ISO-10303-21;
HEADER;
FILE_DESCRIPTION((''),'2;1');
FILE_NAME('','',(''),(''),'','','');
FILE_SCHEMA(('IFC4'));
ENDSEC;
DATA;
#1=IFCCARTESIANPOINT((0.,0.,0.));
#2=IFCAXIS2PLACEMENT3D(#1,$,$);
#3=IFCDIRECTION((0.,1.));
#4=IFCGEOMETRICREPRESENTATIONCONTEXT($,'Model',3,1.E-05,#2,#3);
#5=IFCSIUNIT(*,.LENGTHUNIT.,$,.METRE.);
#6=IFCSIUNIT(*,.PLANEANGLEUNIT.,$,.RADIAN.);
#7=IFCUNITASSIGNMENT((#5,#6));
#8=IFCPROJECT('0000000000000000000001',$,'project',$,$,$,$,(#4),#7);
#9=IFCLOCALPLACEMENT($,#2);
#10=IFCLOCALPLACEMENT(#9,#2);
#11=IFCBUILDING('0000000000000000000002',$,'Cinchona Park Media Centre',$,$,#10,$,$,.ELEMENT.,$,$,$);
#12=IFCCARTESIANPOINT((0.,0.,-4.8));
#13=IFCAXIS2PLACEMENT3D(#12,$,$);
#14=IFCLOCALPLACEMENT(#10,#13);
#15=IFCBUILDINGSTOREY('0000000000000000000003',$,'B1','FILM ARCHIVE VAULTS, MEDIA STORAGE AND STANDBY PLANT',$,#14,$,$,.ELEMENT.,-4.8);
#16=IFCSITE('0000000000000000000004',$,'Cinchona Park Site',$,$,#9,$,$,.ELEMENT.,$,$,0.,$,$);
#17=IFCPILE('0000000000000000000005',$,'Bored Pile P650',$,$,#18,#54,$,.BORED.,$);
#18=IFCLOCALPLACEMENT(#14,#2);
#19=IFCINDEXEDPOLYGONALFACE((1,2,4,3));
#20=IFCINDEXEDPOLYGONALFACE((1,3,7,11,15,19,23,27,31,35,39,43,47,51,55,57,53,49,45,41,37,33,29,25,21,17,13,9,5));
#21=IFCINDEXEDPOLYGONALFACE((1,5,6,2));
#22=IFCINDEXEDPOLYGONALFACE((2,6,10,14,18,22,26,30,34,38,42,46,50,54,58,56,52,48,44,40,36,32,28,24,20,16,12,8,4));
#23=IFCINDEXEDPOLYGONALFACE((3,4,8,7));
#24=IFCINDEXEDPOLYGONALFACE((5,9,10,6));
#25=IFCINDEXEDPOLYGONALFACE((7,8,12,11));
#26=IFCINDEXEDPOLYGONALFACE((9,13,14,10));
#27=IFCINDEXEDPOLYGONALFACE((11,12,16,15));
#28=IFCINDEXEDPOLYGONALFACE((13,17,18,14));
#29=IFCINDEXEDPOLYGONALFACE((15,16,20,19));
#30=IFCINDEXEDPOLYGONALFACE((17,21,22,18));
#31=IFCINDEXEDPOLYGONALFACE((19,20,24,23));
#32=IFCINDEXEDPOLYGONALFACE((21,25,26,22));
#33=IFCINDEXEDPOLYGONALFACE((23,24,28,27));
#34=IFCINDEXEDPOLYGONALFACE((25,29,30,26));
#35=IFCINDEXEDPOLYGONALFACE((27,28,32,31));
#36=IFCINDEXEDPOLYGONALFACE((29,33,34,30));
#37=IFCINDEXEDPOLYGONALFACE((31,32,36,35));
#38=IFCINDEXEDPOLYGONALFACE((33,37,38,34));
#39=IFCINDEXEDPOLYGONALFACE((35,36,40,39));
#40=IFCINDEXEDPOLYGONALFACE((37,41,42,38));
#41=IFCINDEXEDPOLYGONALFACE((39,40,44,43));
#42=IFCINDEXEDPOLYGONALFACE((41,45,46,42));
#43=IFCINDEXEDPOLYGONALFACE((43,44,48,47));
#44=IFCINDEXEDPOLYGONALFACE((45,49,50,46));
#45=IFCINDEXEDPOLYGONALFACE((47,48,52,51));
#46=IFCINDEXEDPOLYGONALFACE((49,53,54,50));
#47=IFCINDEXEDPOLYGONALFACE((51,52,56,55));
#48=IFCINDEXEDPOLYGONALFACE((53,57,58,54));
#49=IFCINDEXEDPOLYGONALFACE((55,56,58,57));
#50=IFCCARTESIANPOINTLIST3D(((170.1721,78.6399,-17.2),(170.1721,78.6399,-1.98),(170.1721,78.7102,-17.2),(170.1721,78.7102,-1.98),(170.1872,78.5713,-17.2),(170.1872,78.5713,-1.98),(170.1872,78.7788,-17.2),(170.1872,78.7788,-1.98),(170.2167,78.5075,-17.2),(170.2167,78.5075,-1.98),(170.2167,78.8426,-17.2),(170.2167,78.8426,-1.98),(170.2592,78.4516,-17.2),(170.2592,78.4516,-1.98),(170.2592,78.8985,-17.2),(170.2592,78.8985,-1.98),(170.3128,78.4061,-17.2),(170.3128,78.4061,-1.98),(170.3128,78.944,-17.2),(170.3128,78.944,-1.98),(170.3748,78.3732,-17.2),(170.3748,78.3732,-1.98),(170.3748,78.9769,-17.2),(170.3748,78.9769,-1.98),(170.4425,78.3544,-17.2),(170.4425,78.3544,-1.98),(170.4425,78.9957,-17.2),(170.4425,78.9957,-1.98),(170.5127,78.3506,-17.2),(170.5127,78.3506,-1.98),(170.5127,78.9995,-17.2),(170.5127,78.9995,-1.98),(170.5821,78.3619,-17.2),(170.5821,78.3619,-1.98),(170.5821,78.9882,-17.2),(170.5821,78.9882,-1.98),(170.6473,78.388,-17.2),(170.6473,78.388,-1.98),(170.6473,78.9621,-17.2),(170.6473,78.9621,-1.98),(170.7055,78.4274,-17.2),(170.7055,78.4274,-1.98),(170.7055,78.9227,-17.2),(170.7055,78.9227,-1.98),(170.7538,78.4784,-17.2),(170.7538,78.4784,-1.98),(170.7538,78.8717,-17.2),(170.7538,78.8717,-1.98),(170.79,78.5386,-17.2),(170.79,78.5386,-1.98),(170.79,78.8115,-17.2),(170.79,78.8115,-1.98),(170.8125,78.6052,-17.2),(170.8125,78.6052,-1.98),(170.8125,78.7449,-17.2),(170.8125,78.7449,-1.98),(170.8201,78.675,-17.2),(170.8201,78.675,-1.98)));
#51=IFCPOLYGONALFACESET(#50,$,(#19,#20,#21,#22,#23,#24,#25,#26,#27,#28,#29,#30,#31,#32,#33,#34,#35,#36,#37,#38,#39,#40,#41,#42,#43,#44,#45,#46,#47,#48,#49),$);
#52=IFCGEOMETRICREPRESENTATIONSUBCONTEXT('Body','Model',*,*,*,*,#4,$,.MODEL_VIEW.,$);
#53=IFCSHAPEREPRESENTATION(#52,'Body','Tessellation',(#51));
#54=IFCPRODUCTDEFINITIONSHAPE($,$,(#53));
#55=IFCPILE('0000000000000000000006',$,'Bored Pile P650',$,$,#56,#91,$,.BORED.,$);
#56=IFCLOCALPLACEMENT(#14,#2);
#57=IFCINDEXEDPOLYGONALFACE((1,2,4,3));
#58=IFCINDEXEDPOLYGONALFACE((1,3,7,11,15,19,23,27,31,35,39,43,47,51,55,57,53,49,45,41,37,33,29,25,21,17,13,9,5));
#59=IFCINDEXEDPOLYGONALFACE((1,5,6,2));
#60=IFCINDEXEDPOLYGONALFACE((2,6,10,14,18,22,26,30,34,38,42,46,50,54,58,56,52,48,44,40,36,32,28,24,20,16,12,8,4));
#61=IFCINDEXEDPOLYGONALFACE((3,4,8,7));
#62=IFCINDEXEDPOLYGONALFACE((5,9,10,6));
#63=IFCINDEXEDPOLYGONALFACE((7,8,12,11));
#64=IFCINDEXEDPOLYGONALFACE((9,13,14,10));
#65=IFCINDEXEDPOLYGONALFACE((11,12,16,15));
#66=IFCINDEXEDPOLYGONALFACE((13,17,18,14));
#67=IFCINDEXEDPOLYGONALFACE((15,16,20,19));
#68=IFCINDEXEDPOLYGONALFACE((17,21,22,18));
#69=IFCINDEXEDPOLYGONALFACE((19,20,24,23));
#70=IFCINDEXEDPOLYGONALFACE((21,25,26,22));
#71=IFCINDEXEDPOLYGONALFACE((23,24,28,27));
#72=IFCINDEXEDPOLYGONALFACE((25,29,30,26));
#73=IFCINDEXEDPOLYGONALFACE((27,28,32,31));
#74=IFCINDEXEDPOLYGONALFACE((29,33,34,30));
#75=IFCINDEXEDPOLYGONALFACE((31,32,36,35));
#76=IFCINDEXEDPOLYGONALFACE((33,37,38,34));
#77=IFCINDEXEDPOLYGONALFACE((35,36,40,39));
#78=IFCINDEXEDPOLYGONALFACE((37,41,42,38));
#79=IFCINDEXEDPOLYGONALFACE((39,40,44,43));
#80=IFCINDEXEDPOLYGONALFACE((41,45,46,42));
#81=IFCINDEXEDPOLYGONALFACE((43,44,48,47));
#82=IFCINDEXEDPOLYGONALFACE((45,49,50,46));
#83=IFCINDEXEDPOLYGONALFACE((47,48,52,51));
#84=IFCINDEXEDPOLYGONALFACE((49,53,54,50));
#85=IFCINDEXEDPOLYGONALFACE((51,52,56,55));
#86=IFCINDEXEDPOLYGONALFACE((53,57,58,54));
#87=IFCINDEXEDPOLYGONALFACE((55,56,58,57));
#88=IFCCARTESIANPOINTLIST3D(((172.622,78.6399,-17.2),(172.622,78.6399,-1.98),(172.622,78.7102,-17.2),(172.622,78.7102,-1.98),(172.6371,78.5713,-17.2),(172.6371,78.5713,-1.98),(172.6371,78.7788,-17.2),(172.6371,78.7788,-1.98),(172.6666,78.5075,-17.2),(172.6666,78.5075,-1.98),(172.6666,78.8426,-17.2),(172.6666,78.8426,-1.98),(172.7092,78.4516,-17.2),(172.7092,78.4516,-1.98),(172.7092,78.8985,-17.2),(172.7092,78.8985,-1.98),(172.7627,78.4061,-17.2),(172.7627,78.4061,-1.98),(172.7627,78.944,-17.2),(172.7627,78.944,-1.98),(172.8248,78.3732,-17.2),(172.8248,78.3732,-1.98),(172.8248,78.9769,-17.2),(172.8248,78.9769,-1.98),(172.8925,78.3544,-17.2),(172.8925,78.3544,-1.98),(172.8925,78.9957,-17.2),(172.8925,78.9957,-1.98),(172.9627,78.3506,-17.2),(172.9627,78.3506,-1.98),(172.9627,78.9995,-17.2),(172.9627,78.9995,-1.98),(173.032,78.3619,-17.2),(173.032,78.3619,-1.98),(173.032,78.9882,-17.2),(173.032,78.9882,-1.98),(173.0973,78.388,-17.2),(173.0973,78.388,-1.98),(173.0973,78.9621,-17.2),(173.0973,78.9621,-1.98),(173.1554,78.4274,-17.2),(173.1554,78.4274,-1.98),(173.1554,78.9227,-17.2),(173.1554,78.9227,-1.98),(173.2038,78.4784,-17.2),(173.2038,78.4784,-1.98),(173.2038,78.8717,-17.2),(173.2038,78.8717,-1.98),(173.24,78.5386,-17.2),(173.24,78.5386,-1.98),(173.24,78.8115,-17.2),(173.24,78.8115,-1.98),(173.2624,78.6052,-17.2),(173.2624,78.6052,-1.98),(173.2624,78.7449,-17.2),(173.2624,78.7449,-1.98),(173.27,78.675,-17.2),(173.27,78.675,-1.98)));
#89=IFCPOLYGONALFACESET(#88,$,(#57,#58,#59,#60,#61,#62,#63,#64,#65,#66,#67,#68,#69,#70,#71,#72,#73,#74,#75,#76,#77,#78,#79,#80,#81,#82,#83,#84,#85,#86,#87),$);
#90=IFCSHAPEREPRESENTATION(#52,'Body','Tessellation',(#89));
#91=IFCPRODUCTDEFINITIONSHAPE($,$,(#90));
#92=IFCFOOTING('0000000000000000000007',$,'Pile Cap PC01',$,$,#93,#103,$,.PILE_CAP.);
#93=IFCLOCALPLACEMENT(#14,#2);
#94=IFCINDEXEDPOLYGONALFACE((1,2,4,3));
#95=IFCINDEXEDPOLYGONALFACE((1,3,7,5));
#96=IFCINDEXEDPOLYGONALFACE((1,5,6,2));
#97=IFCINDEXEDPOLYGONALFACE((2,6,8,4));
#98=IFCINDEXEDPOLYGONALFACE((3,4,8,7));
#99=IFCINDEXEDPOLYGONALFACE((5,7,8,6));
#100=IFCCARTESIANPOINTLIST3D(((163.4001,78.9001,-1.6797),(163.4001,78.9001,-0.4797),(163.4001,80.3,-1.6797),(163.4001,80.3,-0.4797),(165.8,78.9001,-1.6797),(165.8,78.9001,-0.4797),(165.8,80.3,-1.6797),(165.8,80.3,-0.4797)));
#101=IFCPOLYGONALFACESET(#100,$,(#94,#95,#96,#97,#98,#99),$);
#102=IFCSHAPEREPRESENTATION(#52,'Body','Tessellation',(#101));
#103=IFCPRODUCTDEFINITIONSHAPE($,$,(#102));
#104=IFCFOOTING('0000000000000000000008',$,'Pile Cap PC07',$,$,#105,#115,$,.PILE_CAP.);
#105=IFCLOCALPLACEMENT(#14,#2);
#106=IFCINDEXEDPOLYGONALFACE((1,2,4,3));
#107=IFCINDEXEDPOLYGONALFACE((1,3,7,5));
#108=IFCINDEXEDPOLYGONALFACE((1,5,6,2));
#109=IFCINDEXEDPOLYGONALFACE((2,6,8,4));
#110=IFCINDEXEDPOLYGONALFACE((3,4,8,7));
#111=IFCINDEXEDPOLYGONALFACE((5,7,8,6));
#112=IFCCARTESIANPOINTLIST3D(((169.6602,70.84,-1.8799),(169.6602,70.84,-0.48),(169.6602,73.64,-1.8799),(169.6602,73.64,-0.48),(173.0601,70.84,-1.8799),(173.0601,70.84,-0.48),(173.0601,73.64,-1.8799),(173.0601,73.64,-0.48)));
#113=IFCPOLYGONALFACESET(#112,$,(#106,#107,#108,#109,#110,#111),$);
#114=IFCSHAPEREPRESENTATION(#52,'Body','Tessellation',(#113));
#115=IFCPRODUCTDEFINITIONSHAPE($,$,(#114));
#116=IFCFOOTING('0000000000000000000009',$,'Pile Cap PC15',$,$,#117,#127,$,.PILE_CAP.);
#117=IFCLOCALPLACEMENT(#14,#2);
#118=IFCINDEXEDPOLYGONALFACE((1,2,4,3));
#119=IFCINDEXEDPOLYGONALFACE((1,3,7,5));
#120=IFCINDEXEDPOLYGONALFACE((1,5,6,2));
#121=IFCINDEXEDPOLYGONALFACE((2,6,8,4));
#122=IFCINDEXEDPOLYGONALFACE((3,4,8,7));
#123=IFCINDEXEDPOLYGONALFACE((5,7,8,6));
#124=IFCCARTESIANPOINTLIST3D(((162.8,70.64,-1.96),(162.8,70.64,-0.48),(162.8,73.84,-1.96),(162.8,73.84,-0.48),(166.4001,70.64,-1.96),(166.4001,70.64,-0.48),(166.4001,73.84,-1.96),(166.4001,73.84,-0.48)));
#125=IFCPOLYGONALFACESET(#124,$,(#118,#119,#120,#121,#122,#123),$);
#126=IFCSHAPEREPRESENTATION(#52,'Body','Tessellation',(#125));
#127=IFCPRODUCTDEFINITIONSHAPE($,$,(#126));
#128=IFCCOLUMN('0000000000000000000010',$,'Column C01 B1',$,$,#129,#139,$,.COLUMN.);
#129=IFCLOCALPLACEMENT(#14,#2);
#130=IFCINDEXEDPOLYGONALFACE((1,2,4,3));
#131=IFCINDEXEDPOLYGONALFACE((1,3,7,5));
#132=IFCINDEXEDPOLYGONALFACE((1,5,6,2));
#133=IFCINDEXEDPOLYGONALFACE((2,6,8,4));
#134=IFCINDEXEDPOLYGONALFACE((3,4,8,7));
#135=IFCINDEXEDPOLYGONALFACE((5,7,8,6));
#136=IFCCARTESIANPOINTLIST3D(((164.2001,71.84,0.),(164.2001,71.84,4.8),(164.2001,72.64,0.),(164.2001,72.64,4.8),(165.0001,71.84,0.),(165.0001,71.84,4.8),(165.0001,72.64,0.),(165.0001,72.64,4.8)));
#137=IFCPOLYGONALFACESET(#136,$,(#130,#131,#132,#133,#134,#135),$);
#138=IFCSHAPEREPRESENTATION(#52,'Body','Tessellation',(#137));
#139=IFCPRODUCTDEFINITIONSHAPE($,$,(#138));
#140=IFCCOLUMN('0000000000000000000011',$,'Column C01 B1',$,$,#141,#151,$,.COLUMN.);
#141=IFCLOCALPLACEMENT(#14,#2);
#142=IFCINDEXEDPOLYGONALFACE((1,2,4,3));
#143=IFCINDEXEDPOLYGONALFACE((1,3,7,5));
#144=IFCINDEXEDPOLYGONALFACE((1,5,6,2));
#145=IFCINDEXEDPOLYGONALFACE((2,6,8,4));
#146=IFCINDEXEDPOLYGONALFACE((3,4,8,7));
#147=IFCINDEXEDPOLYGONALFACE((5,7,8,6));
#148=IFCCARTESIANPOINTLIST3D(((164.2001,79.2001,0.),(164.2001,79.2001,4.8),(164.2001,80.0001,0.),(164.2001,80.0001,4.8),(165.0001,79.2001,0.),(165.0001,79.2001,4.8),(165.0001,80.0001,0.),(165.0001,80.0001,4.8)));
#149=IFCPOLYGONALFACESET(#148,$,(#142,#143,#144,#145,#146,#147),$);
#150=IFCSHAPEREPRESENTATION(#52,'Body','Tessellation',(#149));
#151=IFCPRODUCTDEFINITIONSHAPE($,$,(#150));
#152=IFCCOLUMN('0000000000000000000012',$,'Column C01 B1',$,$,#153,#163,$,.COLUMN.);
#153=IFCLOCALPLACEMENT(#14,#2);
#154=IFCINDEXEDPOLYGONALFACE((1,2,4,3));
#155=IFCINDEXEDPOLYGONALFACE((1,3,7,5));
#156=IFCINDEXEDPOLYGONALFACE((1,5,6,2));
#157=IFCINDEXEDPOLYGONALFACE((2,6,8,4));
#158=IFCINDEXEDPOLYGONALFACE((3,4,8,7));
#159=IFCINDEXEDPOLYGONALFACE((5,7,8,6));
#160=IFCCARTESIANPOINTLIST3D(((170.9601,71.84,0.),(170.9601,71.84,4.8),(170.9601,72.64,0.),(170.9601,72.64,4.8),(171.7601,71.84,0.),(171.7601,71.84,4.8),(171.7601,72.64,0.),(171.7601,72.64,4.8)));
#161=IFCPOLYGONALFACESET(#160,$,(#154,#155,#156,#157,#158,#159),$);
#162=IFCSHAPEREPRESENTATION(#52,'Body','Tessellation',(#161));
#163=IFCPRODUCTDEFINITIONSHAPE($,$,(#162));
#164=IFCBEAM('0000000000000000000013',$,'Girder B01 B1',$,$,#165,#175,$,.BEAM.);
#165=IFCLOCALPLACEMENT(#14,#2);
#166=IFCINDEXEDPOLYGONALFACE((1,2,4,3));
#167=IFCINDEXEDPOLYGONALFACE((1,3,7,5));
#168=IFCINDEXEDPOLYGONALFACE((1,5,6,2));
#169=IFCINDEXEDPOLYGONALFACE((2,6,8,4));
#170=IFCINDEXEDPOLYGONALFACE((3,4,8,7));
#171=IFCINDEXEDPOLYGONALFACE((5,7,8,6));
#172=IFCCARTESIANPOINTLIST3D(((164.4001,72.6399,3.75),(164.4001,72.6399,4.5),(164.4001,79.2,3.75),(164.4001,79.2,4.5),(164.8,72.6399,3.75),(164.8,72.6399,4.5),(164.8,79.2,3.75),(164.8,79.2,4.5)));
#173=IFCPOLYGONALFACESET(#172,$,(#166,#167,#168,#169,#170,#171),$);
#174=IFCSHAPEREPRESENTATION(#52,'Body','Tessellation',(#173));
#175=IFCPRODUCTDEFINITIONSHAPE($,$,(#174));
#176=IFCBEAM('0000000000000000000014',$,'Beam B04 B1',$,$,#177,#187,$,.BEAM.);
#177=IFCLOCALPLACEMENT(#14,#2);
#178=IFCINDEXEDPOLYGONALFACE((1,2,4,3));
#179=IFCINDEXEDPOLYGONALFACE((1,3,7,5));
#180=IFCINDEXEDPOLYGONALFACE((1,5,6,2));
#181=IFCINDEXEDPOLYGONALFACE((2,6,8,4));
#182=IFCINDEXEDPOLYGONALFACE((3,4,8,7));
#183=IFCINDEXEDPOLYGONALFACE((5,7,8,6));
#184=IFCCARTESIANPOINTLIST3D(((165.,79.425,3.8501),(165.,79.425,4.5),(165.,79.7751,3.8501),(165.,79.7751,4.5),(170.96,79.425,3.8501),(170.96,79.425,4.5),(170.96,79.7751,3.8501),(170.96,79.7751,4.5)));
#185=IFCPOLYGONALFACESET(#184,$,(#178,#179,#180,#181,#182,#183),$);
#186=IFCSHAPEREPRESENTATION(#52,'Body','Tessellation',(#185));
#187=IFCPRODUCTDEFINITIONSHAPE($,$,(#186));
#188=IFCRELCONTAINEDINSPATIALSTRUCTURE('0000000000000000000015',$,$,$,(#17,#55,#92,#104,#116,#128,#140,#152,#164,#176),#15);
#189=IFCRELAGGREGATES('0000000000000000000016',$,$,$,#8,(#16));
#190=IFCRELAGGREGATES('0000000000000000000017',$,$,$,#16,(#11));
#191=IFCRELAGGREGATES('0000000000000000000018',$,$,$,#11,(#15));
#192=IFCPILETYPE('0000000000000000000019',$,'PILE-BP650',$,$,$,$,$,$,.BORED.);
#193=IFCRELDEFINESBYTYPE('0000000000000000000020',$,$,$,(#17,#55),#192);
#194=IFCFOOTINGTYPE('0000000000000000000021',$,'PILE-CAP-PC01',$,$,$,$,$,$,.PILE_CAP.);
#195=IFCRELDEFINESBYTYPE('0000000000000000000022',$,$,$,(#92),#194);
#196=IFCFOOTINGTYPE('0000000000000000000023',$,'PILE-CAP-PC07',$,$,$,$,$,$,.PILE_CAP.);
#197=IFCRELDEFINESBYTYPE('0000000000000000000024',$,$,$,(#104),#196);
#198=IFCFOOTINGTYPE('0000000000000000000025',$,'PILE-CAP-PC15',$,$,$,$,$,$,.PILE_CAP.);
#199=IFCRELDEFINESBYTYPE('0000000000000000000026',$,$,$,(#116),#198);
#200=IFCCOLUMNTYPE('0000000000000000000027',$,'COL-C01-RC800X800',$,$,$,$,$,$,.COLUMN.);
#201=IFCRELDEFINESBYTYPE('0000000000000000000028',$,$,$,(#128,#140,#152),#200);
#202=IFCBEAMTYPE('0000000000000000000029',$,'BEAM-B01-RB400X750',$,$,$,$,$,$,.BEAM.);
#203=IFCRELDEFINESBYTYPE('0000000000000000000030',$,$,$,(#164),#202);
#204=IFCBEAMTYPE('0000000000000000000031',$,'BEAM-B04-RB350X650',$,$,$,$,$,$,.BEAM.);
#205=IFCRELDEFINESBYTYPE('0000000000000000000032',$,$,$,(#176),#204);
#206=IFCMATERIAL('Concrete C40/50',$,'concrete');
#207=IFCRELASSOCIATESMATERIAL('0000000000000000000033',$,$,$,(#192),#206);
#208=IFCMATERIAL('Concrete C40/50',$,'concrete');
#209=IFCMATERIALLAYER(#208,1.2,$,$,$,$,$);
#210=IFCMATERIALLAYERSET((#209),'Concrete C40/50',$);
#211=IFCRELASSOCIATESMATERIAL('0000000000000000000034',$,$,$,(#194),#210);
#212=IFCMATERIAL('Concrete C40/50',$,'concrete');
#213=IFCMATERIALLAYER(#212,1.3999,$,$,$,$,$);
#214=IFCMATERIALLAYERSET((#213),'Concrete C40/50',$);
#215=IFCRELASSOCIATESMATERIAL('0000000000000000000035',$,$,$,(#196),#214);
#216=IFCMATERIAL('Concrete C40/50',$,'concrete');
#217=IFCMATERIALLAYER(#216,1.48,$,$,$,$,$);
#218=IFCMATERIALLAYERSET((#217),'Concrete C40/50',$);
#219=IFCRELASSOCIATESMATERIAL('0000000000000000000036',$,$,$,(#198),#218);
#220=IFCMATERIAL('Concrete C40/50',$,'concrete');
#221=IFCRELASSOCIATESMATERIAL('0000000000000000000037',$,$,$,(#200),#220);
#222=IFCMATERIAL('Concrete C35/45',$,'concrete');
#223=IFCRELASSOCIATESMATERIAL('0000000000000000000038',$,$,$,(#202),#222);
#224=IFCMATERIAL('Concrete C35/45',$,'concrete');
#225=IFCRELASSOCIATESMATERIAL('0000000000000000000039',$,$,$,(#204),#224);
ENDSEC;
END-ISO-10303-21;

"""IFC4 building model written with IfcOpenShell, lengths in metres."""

from ifc_helpers import new_model, si_unit, direction, frame, origin, origin_2d, place, context, subcontext, project, spatial, rectangle, circle, extrude, material, layer, layer_set, material_profile, profile_set, type_object, element, save


model = new_model("IFC4")

# Units and contexts
model_context = context("Model", 3, precision=1e-05, world=origin(), true_north=direction((0.0, 1.0)))
body_context = subcontext(model_context, "Body", "Model", "MODEL_VIEW")
ifc_project = project(units=[si_unit("LENGTHUNIT", "METRE"), si_unit("PLANEANGLEUNIT", "RADIAN")], contexts=[model_context])

# Site, building, storey
site_placement = place(None, origin())
site = spatial("IfcSite", under=ifc_project, at=site_placement, Name="Cinchona Park Site", CompositionType="ELEMENT", RefElevation=0.0)
building_placement = place(site_placement, origin())
building = spatial("IfcBuilding", under=site, at=building_placement, Name="Cinchona Park Media Centre", CompositionType="ELEMENT")
storey_placement = place(building_placement, frame((0.0, 0.0, -4.8)))
storey = spatial("IfcBuildingStorey", under=building, at=storey_placement, Name="B1", Description="FILM ARCHIVE VAULTS, MEDIA STORAGE AND STANDBY PLANT", CompositionType="ELEMENT", Elevation=-4.8)

# Piles
ifc_material_1 = material(Name="Concrete C40/50", Category="concrete")
ifc_material_profile_1 = material_profile(ifc_material_1, circle(Radius=0.325, at=origin_2d()), Name="BORED PILE 650")
ifc_profile_set_1 = profile_set([ifc_material_profile_1], Name="Concrete C40/50")
pile_type_1 = type_object("IfcPileType", Name="PILE-BP650", PredefinedType="BORED", material=ifc_profile_set_1)
for number, where, z_axis, x_axis, name in (
    (1, (170.4951, 78.675, -1.98), (0.0, 0.0, -1.0), (1.0, 0.0, 0.0), "Bored Pile P650"),
    (2, (172.9451, 78.675, -1.98), (0.0, 0.0, -1.0), (1.0, 0.0, 0.0), "Bored Pile P650"),
):
    element("IfcPile", number, at=place(storey_placement, frame(where, z_axis=z_axis, x_axis=x_axis)), inside=storey, type_object=pile_type_1, Name=name, PredefinedType="BORED", context=body_context, shape_type="SweptSolid", body=[
        extrude(circle(Radius=0.325, at=origin_2d()), origin(), (0.0, 0.0, 1.0), 15.22),
    ])

# Footings
ifc_material_2 = material(Name="Concrete C40/50", Category="concrete")
ifc_layer_1 = layer(ifc_material_2, 1.2)
ifc_layer_set_1 = layer_set([ifc_layer_1], Name="Concrete C40/50")
footing_type_1 = type_object("IfcFootingType", Name="PILE-CAP-PC01", PredefinedType="PILE_CAP", material=ifc_layer_set_1)
footing_1_placement = place(storey_placement, frame((164.6001, 79.6001, -1.6797), z_axis=(0.0, 0.0, 1.0), x_axis=(1.0, 0.0, 0.0)))
element("IfcFooting", 3, at=footing_1_placement, inside=storey, type_object=footing_type_1, Name="Pile Cap PC01", PredefinedType="PILE_CAP", context=body_context, shape_type="SweptSolid", body=[
    extrude(rectangle(XDim=2.3999, YDim=1.3999, at=origin_2d()), origin(), (0.0, 0.0, 1.0), 1.2),
])
ifc_material_3 = material(Name="Concrete C40/50", Category="concrete")
ifc_layer_2 = layer(ifc_material_3, 1.3999)
ifc_layer_set_2 = layer_set([ifc_layer_2], Name="Concrete C40/50")
footing_type_2 = type_object("IfcFootingType", Name="PILE-CAP-PC07", PredefinedType="PILE_CAP", material=ifc_layer_set_2)
footing_2_placement = place(storey_placement, frame((171.3601, 72.24, -1.8799), z_axis=(0.0, 0.0, 1.0), x_axis=(1.0, 0.0, 0.0)))
element("IfcFooting", 4, at=footing_2_placement, inside=storey, type_object=footing_type_2, Name="Pile Cap PC07", PredefinedType="PILE_CAP", context=body_context, shape_type="SweptSolid", body=[
    extrude(rectangle(XDim=3.3999, YDim=2.8, at=origin_2d()), origin(), (0.0, 0.0, 1.0), 1.3999),
])
ifc_material_4 = material(Name="Concrete C40/50", Category="concrete")
ifc_layer_3 = layer(ifc_material_4, 1.48)
ifc_layer_set_3 = layer_set([ifc_layer_3], Name="Concrete C40/50")
footing_type_3 = type_object("IfcFootingType", Name="PILE-CAP-PC15", PredefinedType="PILE_CAP", material=ifc_layer_set_3)
footing_3_placement = place(storey_placement, frame((164.6001, 72.24, -1.96), z_axis=(0.0, 0.0, 1.0), x_axis=(1.0, 0.0, 0.0)))
element("IfcFooting", 5, at=footing_3_placement, inside=storey, type_object=footing_type_3, Name="Pile Cap PC15", PredefinedType="PILE_CAP", context=body_context, shape_type="SweptSolid", body=[
    extrude(rectangle(XDim=3.6001, YDim=3.2, at=origin_2d()), origin(), (0.0, 0.0, 1.0), 1.48),
])

# Columns
ifc_material_5 = material(Name="Concrete C40/50", Category="concrete")
ifc_material_profile_2 = material_profile(ifc_material_5, rectangle(XDim=0.8, YDim=0.8, at=origin_2d()), Name="RC 800X800")
ifc_profile_set_2 = profile_set([ifc_material_profile_2], Name="Concrete C40/50")
column_type = type_object("IfcColumnType", Name="COL-C01-RC800X800", PredefinedType="COLUMN", material=ifc_profile_set_2)
for number, where, z_axis, x_axis, name in (
    (6, (164.6001, 72.24, 0.0), (0.0, 0.0, 1.0), (1.0, 0.0, 0.0), "Column C01 B1"),
    (7, (164.6001, 79.6001, 0.0), (0.0, 0.0, 1.0), (1.0, 0.0, 0.0), "Column C01 B1"),
    (8, (171.3601, 72.24, 0.0), (0.0, 0.0, 1.0), (1.0, 0.0, 0.0), "Column C01 B1"),
):
    element("IfcColumn", number, at=place(storey_placement, frame(where, z_axis=z_axis, x_axis=x_axis)), inside=storey, type_object=column_type, Name=name, PredefinedType="COLUMN", context=body_context, shape_type="SweptSolid", body=[
        extrude(rectangle(XDim=0.8, YDim=0.8, at=origin_2d()), origin(), (0.0, 0.0, 1.0), 4.8),
    ])

# Beams
ifc_material_6 = material(Name="Concrete C35/45", Category="concrete")
ifc_material_profile_3 = material_profile(ifc_material_6, rectangle(XDim=0.3999, YDim=0.75, at=origin_2d()), Name="RB 400X750")
ifc_profile_set_3 = profile_set([ifc_material_profile_3], Name="Concrete C35/45")
beam_type_1 = type_object("IfcBeamType", Name="BEAM-B01-RB400X750", PredefinedType="BEAM", material=ifc_profile_set_3)
beam_1_placement = place(storey_placement, frame((164.6001, 72.6399, 4.125), z_axis=(0.0, 1.0, 0.0), x_axis=(-1.0, 0.0, 0.0)))
element("IfcBeam", 9, at=beam_1_placement, inside=storey, type_object=beam_type_1, Name="Girder B01 B1", PredefinedType="BEAM", context=body_context, shape_type="SweptSolid", body=[
    extrude(rectangle(XDim=0.3999, YDim=0.75, at=origin_2d()), origin(), (0.0, 0.0, 1.0), 6.5601),
])
ifc_material_7 = material(Name="Concrete C35/45", Category="concrete")
ifc_material_profile_4 = material_profile(ifc_material_7, rectangle(XDim=0.3501, YDim=0.6499, at=origin_2d()), Name="RB 350X650")
ifc_profile_set_4 = profile_set([ifc_material_profile_4], Name="Concrete C35/45")
beam_type_2 = type_object("IfcBeamType", Name="BEAM-B04-RB350X650", PredefinedType="BEAM", material=ifc_profile_set_4)
beam_2_placement = place(storey_placement, frame((165.0, 79.6001, 4.175), z_axis=(1.0, 0.0, 0.0), x_axis=(0.0, 1.0, 0.0)))
element("IfcBeam", 10, at=beam_2_placement, inside=storey, type_object=beam_type_2, Name="Beam B04 B1", PredefinedType="BEAM", context=body_context, shape_type="SweptSolid", body=[
    extrude(rectangle(XDim=0.3501, YDim=0.6499, at=origin_2d()), origin(), (0.0, 0.0, 1.0), 5.96),
])

save(model, "model.ifc")
